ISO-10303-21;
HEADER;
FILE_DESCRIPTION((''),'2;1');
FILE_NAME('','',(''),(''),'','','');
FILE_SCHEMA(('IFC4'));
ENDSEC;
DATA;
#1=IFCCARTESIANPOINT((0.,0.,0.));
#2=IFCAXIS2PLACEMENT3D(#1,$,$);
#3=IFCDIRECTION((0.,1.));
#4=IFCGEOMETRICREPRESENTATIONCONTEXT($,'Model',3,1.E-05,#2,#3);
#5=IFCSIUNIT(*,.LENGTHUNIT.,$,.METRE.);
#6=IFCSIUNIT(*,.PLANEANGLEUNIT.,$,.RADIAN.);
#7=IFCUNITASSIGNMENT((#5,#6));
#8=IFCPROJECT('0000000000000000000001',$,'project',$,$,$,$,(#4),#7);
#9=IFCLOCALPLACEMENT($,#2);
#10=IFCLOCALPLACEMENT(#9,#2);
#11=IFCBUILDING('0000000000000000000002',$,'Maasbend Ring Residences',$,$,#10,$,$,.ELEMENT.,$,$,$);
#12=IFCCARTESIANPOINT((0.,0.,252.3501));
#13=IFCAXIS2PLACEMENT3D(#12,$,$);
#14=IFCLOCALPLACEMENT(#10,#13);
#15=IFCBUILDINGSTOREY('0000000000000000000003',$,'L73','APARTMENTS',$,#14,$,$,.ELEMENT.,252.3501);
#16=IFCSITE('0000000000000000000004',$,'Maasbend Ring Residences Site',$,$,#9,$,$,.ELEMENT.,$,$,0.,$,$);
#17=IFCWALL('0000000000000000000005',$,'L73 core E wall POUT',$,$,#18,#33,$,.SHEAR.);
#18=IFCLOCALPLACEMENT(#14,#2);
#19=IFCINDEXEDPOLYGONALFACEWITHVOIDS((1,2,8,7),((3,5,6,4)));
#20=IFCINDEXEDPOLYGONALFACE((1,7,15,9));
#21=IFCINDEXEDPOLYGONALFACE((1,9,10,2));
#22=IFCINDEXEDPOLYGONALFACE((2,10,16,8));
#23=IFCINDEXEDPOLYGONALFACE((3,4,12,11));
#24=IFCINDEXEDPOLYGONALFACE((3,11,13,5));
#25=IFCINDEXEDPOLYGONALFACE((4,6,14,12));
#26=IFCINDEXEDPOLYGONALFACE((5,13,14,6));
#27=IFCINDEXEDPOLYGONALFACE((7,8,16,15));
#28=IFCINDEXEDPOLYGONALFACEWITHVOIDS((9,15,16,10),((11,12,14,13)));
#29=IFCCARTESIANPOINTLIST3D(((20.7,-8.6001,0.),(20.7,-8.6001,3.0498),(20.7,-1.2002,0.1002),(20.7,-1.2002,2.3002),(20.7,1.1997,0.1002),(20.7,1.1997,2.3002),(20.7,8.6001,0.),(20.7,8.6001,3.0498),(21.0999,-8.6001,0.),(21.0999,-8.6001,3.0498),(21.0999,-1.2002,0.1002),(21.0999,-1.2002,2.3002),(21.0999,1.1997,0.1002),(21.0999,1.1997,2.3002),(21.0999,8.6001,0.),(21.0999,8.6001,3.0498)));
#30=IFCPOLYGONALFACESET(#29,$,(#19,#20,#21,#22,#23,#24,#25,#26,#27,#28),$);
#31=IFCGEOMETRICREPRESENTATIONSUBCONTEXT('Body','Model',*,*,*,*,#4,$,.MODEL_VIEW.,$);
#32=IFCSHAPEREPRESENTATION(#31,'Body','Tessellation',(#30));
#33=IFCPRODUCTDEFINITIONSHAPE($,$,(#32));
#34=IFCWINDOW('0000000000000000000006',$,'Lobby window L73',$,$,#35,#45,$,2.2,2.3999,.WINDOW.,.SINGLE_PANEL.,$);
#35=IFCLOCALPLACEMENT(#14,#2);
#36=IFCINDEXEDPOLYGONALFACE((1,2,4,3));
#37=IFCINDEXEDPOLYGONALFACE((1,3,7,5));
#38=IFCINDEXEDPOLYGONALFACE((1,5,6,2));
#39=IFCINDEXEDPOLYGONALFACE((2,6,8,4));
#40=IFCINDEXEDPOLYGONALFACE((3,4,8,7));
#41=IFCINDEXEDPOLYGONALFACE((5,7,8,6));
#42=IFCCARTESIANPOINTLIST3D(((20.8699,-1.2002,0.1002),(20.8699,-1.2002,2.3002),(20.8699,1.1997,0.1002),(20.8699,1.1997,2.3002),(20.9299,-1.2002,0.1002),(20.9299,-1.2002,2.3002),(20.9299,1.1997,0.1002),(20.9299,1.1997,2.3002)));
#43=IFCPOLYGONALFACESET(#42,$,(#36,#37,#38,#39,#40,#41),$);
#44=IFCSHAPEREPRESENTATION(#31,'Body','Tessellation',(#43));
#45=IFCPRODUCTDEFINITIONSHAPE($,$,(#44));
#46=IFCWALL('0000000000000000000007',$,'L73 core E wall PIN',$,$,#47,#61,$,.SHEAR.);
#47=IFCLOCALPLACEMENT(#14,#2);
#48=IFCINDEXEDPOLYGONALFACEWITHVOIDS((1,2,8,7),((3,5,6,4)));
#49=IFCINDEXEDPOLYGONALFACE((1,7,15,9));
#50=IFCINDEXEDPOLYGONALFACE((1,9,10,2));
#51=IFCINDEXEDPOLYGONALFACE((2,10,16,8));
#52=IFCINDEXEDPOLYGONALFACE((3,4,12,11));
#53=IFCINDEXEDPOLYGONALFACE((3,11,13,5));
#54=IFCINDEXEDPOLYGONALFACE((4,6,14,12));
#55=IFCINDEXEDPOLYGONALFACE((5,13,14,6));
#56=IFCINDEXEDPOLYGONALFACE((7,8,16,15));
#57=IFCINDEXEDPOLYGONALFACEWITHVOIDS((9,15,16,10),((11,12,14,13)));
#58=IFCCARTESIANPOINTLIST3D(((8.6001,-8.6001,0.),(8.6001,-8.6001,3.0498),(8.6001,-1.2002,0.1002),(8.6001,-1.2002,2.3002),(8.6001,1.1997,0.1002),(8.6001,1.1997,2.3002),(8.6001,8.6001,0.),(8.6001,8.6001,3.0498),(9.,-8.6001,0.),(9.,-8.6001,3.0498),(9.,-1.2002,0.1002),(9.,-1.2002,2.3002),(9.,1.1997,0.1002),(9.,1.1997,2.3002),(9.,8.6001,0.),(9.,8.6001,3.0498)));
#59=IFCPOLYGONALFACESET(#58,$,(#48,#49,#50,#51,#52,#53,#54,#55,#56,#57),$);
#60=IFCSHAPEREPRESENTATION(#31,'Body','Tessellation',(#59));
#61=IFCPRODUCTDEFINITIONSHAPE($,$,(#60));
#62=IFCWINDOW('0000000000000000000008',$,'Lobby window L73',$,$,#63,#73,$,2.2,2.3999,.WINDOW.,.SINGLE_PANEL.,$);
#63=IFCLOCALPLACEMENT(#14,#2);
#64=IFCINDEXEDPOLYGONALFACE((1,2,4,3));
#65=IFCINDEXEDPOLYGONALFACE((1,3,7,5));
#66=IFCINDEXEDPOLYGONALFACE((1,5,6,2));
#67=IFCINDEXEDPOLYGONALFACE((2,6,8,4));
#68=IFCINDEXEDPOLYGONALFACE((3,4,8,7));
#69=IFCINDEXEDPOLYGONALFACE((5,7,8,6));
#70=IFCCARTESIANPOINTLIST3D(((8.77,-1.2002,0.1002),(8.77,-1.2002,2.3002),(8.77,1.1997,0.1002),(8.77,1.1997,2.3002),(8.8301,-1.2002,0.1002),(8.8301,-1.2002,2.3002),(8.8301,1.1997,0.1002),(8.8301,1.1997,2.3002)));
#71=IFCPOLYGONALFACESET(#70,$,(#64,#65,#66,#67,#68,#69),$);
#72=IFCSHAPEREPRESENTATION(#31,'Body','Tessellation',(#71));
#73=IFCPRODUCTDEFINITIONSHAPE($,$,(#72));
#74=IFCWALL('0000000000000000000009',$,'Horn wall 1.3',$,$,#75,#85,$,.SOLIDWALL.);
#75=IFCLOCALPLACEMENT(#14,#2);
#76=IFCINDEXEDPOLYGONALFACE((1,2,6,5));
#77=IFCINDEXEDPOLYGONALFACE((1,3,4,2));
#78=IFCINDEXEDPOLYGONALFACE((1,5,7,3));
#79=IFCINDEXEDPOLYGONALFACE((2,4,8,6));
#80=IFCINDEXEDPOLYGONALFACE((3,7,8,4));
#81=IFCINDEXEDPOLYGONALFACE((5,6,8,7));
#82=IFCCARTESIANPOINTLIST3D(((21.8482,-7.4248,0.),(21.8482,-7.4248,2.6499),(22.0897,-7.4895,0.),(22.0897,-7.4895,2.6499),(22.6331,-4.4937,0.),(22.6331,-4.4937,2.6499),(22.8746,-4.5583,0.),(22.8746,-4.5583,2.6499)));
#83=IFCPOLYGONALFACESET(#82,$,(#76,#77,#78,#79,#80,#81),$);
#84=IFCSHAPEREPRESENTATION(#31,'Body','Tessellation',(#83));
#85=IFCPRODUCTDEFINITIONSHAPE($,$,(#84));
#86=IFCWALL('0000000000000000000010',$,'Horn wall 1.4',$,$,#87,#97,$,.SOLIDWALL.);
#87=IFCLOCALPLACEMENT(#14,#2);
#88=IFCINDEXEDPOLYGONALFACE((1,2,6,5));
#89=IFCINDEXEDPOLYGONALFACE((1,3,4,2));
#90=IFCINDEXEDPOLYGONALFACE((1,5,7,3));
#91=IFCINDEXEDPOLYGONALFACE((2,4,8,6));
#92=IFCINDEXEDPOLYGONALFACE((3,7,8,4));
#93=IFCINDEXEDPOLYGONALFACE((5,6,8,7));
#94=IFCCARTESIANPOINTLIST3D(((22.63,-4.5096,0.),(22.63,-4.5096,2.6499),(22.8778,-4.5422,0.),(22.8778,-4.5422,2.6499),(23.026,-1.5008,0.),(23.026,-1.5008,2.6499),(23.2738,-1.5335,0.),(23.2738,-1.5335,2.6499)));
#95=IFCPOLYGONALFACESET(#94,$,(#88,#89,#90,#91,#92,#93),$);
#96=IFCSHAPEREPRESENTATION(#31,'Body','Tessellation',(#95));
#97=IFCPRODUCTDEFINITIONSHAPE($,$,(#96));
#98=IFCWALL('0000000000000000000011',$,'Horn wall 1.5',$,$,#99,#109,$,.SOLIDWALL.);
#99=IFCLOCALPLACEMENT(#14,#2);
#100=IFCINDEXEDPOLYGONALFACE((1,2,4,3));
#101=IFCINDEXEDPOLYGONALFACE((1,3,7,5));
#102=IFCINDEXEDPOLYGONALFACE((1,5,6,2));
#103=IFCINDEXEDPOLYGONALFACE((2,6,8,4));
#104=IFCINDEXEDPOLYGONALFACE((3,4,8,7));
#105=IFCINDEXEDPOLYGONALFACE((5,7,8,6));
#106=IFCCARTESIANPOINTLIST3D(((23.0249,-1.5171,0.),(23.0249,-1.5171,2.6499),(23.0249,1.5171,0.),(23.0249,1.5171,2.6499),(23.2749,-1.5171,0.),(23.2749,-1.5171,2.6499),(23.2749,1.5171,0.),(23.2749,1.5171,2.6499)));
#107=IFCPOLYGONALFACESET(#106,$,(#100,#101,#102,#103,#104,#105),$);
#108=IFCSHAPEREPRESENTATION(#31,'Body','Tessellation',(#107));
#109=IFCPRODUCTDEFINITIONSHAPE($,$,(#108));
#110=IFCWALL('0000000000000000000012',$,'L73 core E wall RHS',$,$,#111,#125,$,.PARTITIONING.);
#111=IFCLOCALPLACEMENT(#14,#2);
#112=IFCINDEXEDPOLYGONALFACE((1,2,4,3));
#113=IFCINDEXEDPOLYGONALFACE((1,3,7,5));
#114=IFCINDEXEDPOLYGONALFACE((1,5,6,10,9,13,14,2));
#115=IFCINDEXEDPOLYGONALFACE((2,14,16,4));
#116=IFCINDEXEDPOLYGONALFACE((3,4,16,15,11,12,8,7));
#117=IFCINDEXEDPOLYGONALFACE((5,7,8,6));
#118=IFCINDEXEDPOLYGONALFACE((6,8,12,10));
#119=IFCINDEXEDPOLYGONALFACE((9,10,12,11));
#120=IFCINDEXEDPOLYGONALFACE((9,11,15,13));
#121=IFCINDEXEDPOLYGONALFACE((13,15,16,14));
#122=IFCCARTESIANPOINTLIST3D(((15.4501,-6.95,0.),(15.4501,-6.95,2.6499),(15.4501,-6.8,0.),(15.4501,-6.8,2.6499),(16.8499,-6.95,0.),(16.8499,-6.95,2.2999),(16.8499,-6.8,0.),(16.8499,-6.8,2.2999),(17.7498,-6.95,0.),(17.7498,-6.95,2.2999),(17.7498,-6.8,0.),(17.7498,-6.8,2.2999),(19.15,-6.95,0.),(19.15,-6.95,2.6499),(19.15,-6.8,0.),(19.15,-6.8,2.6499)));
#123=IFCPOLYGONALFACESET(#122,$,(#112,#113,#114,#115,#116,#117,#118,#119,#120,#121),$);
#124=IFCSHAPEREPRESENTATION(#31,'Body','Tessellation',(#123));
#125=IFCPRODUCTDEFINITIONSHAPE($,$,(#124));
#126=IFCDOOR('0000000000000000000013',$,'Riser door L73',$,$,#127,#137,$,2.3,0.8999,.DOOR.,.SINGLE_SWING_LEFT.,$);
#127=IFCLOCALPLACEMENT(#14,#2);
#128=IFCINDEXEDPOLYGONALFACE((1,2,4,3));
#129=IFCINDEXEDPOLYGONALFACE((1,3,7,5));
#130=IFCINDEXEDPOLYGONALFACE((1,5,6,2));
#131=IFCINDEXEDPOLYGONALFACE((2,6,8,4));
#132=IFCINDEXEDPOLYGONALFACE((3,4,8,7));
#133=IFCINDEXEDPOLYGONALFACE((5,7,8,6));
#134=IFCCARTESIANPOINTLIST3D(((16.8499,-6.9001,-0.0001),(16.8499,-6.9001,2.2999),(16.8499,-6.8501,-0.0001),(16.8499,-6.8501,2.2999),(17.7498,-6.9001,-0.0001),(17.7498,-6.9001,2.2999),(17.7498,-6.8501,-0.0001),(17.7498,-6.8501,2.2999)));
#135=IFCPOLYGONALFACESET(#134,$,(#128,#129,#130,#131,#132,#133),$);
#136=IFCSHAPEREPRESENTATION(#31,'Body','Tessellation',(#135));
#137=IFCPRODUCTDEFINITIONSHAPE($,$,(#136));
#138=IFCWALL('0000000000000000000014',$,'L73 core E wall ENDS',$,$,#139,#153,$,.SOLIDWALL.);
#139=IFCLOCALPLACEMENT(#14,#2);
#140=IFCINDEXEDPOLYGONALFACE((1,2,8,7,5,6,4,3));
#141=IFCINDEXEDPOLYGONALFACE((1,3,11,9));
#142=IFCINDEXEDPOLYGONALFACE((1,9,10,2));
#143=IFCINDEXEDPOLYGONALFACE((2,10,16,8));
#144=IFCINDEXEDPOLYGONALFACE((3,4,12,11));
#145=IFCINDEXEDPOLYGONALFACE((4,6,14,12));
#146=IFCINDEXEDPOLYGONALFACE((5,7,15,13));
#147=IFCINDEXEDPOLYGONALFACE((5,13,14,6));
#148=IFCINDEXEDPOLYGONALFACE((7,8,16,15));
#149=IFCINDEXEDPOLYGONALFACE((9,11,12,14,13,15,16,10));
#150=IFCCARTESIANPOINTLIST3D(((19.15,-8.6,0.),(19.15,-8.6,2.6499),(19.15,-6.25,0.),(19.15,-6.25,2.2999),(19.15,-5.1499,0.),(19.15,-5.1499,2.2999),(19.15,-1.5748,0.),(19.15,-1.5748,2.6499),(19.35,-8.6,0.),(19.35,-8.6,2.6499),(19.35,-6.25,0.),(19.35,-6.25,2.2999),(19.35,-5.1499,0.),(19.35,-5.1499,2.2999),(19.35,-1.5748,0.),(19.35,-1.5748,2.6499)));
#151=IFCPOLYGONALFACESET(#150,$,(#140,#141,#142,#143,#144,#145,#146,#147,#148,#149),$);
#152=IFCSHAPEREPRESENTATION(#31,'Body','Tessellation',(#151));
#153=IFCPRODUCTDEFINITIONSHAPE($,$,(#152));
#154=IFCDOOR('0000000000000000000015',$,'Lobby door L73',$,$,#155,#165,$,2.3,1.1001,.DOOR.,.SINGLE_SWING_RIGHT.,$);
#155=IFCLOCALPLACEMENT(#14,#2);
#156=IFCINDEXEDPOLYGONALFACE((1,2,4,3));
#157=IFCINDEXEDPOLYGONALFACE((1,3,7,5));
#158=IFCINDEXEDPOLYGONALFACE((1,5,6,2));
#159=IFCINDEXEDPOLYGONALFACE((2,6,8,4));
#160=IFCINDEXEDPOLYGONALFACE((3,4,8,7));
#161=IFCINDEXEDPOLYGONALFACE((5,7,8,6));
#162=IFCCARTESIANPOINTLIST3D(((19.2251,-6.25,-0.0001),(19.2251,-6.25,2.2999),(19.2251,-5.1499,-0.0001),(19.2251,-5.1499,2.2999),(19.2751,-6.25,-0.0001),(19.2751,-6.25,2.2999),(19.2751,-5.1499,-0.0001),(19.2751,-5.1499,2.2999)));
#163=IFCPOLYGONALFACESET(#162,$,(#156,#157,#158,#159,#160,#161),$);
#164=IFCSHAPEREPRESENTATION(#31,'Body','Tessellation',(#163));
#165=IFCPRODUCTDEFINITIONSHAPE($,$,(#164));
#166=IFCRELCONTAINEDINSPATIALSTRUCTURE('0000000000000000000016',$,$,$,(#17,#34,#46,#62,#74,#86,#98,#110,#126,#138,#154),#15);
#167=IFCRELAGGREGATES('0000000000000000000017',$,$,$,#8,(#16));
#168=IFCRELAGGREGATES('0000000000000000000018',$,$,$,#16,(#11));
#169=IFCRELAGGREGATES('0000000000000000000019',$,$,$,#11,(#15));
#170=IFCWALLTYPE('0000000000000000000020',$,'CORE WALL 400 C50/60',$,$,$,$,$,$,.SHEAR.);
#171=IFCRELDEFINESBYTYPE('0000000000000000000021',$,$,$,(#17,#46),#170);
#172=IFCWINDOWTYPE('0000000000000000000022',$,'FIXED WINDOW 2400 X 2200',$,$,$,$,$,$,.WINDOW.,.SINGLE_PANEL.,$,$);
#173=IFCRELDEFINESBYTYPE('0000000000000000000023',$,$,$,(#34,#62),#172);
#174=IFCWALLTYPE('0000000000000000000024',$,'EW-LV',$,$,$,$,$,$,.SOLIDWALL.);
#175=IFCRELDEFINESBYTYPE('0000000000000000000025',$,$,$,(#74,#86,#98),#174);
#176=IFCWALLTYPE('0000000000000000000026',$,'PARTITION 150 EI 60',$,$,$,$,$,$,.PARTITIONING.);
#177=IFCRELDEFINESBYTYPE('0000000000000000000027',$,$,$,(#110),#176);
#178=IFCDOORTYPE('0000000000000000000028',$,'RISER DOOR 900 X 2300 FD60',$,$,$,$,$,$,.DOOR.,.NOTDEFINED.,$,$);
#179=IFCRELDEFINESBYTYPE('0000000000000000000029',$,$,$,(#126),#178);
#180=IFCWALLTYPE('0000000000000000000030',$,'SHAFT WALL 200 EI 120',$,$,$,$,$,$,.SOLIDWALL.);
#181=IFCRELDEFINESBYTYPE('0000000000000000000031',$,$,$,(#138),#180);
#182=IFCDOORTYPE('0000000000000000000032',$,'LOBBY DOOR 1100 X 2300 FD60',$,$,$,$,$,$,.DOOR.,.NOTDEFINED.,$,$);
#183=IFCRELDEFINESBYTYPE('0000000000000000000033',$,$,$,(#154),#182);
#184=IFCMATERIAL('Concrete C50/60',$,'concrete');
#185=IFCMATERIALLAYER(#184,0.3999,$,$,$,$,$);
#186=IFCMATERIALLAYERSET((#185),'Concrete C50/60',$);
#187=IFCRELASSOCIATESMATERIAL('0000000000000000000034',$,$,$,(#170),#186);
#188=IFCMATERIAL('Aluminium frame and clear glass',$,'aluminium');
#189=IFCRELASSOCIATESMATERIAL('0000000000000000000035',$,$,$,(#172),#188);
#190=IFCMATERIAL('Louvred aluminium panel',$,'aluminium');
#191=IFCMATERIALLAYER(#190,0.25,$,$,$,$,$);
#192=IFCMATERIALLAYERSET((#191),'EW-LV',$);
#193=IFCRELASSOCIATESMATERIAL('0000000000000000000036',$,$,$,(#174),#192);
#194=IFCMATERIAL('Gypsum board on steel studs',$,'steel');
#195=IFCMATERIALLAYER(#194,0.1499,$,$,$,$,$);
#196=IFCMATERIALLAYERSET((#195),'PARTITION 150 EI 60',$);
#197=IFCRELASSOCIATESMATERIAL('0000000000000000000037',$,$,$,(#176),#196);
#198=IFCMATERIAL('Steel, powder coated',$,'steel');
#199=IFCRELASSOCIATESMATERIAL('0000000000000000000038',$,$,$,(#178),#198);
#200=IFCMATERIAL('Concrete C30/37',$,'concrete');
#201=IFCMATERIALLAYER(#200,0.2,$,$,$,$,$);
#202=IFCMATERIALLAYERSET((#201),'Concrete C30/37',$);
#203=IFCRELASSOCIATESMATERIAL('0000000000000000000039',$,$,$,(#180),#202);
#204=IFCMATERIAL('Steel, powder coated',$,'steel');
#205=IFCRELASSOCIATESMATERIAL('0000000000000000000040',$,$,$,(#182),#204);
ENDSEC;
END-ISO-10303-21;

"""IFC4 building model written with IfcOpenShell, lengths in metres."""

from ifc_helpers import new_model, si_unit, direction, frame, frame_2d, origin, place, context, subcontext, project, spatial, rectangle, extrude, material, layer, layer_set, type_object, element, fill, save


model = new_model("IFC4")

# Units and contexts
model_context = context("Model", 3, precision=1e-05, world=origin(), true_north=direction((0.0, 1.0)))
body_context = subcontext(model_context, "Body", "Model", "MODEL_VIEW")
ifc_project = project(units=[si_unit("LENGTHUNIT", "METRE"), si_unit("PLANEANGLEUNIT", "RADIAN")], contexts=[model_context])

# Site, building, storey
site_placement = place(None, origin())
site = spatial("IfcSite", under=ifc_project, at=site_placement, Name="Maasbend Ring Residences Site", CompositionType="ELEMENT", RefElevation=0.0)
building_placement = place(site_placement, origin())
building = spatial("IfcBuilding", under=site, at=building_placement, Name="Maasbend Ring Residences", CompositionType="ELEMENT")
storey_placement = place(building_placement, frame((0.0, 0.0, 252.3501)))
storey = spatial("IfcBuildingStorey", under=building, at=storey_placement, Name="L73", Description="APARTMENTS", CompositionType="ELEMENT", Elevation=252.3501)

# Walls, openings, windows
ifc_material_1 = material(Name="Concrete C50/60", Category="concrete")
ifc_layer_1 = layer(ifc_material_1, 0.3999)
ifc_layer_set_1 = layer_set([ifc_layer_1], Name="Concrete C50/60")
wall_type_1 = type_object("IfcWallType", Name="CORE WALL 400 C50/60", PredefinedType="SHEAR", material=ifc_layer_set_1)
wall_1_placement = place(storey_placement, frame((20.8999, -8.6001, 0.0), z_axis=(0.0, 0.0, 1.0), x_axis=(0.0, 1.0, 0.0)))
wall_1 = element("IfcWall", 1, at=wall_1_placement, inside=storey, type_object=wall_type_1, Name="L73 core E wall POUT", PredefinedType="SHEAR", context=body_context, shape_type="SweptSolid", body=[
    extrude(rectangle(XDim=17.2002, YDim=0.3999, at=frame_2d((8.6001, 0.0))), origin(), (0.0, 0.0, 1.0), 3.0498),
])
opening_1_placement = place(wall_1_placement, frame((7.3999, 0.0, 0.1001)))
opening_1 = element("IfcOpeningElement", 2, at=opening_1_placement, cuts=wall_1, PredefinedType="OPENING", context=body_context, shape_type="SweptSolid", body=[
    extrude(rectangle(XDim=2.3999, YDim=2.2, at=frame_2d((1.2, 1.1001))), frame((0.0, 0.21, 0.0), z_axis=(0.0, -1.0, 0.0), x_axis=(1.0, 0.0, 0.0)), (0.0, 0.0, 1.0), 0.4199),
])
ifc_material_2 = material(Name="Aluminium frame and clear glass", Category="aluminium")
window_type = type_object("IfcWindowType", Name="FIXED WINDOW 2400 X 2200", PartitioningType="SINGLE_PANEL", PredefinedType="WINDOW", material=ifc_material_2)
window_1_placement = place(opening_1_placement, origin())
window_1 = element("IfcWindow", 3, at=window_1_placement, inside=storey, type_object=window_type, Name="Lobby window L73", OverallHeight=2.2, OverallWidth=2.3999, PartitioningType="SINGLE_PANEL", PredefinedType="WINDOW", context=body_context, shape_type="SweptSolid", body=[
    extrude(rectangle(XDim=2.3999, YDim=2.2, at=frame_2d((1.2, 1.1001))), frame((0.0, 0.03, 0.0), z_axis=(0.0, -1.0, 0.0), x_axis=(1.0, 0.0, 0.0)), (0.0, 0.0, 1.0), 0.0601),
])
fill(opening_1, window_1)
wall_2_placement = place(storey_placement, frame((8.8, -8.6001, 0.0), z_axis=(0.0, 0.0, 1.0), x_axis=(0.0, 1.0, 0.0)))
wall_2 = element("IfcWall", 4, at=wall_2_placement, inside=storey, type_object=wall_type_1, Name="L73 core E wall PIN", PredefinedType="SHEAR", context=body_context, shape_type="SweptSolid", body=[
    extrude(rectangle(XDim=17.2002, YDim=0.3999, at=frame_2d((8.6001, 0.0))), origin(), (0.0, 0.0, 1.0), 3.0498),
])
opening_2_placement = place(wall_2_placement, frame((7.3999, 0.0, 0.1001)))
opening_2 = element("IfcOpeningElement", 5, at=opening_2_placement, cuts=wall_2, PredefinedType="OPENING", context=body_context, shape_type="SweptSolid", body=[
    extrude(rectangle(XDim=2.3999, YDim=2.2, at=frame_2d((1.2, 1.1001))), frame((0.0, 0.21, 0.0), z_axis=(0.0, -1.0, 0.0), x_axis=(1.0, 0.0, 0.0)), (0.0, 0.0, 1.0), 0.4199),
])
window_2_placement = place(opening_2_placement, origin())
window_2 = element("IfcWindow", 6, at=window_2_placement, inside=storey, type_object=window_type, Name="Lobby window L73", OverallHeight=2.2, OverallWidth=2.3999, PartitioningType="SINGLE_PANEL", PredefinedType="WINDOW", context=body_context, shape_type="SweptSolid", body=[
    extrude(rectangle(XDim=2.3999, YDim=2.2, at=frame_2d((1.2, 1.1001))), frame((0.0, 0.03, 0.0), z_axis=(0.0, -1.0, 0.0), x_axis=(1.0, 0.0, 0.0)), (0.0, 0.0, 1.0), 0.0601),
])
fill(opening_2, window_2)

# Walls
ifc_material_3 = material(Name="Louvred aluminium panel", Category="aluminium")
ifc_layer_2 = layer(ifc_material_3, 0.25)
ifc_layer_set_2 = layer_set([ifc_layer_2], Name="EW-LV")
wall_type_2 = type_object("IfcWallType", Name="EW-LV", PredefinedType="SOLIDWALL", material=ifc_layer_set_2)
wall_3_placement = place(storey_placement, frame((21.969, -7.457, 0.0), z_axis=(0.0, 0.0, 1.0), x_axis=(0.258669, 0.965966, 0.0)))
element("IfcWall", 7, at=wall_3_placement, inside=storey, type_object=wall_type_2, Name="Horn wall 1.3", PredefinedType="SOLIDWALL", context=body_context, shape_type="SweptSolid", body=[
    extrude(rectangle(XDim=3.0344, YDim=0.25, at=frame_2d((1.5171, 0.0))), origin(), (0.0, 0.0, 1.0), 2.6499),
])
wall_4_placement = place(storey_placement, frame((22.7539, -4.5259, 0.0), z_axis=(0.0, 0.0, 1.0), x_axis=(0.130488, 0.99145, 0.0)))
element("IfcWall", 8, at=wall_4_placement, inside=storey, type_object=wall_type_2, Name="Horn wall 1.4", PredefinedType="SOLIDWALL", context=body_context, shape_type="SweptSolid", body=[
    extrude(rectangle(XDim=3.0347, YDim=0.25, at=frame_2d((1.5173, 0.0))), origin(), (0.0, 0.0, 1.0), 2.6499),
])
wall_5_placement = place(storey_placement, frame((23.1499, -1.5171, 0.0), z_axis=(0.0, 0.0, 1.0), x_axis=(0.0, 1.0, 0.0)))
element("IfcWall", 9, at=wall_5_placement, inside=storey, type_object=wall_type_2, Name="Horn wall 1.5", PredefinedType="SOLIDWALL", context=body_context, shape_type="SweptSolid", body=[
    extrude(rectangle(XDim=3.0342, YDim=0.25, at=frame_2d((1.5171, 0.0))), origin(), (0.0, 0.0, 1.0), 2.6499),
])

# Walls, openings, doors
ifc_material_4 = material(Name="Gypsum board on steel studs", Category="steel")
ifc_layer_3 = layer(ifc_material_4, 0.1499)
ifc_layer_set_3 = layer_set([ifc_layer_3], Name="PARTITION 150 EI 60")
wall_type_3 = type_object("IfcWallType", Name="PARTITION 150 EI 60", PredefinedType="PARTITIONING", material=ifc_layer_set_3)
wall_6_placement = place(storey_placement, frame((15.45, -6.875, 0.0), z_axis=(0.0, 0.0, 1.0), x_axis=(1.0, 0.0, 0.0)))
wall_6 = element("IfcWall", 10, at=wall_6_placement, inside=storey, type_object=wall_type_3, Name="L73 core E wall RHS", PredefinedType="PARTITIONING", context=body_context, shape_type="SweptSolid", body=[
    extrude(rectangle(XDim=3.7, YDim=0.1499, at=frame_2d((1.8501, 0.0))), origin(), (0.0, 0.0, 1.0), 2.6499),
])
opening_3_placement = place(wall_6_placement, frame((1.3999, 0.0, 0.0)))
opening_3 = element("IfcOpeningElement", 11, at=opening_3_placement, cuts=wall_6, PredefinedType="OPENING", context=body_context, shape_type="SweptSolid", body=[
    extrude(rectangle(XDim=0.8999, YDim=2.3, at=frame_2d((0.45, 1.1499))), frame((0.0, 0.085, 0.0), z_axis=(0.0, -1.0, 0.0), x_axis=(1.0, 0.0, 0.0)), (0.0, 0.0, 1.0), 0.1699),
])
ifc_material_5 = material(Name="Steel, powder coated", Category="steel")
door_type_1 = type_object("IfcDoorType", Name="RISER DOOR 900 X 2300 FD60", OperationType="NOTDEFINED", PredefinedType="DOOR", material=ifc_material_5)
door_1_placement = place(opening_3_placement, origin())
door_1 = element("IfcDoor", 12, at=door_1_placement, inside=storey, type_object=door_type_1, Name="Riser door L73", OperationType="SINGLE_SWING_LEFT", OverallHeight=2.3, OverallWidth=0.8999, PredefinedType="DOOR", context=body_context, shape_type="SweptSolid", body=[
    extrude(rectangle(XDim=0.8999, YDim=2.3, at=frame_2d((0.45, 1.1499))), frame((0.0, 0.0249, 0.0), z_axis=(0.0, -1.0, 0.0), x_axis=(1.0, 0.0, 0.0)), (0.0, 0.0, 1.0), 0.05),
])
fill(opening_3, door_1)
ifc_material_6 = material(Name="Concrete C30/37", Category="concrete")
ifc_layer_4 = layer(ifc_material_6, 0.2)
ifc_layer_set_4 = layer_set([ifc_layer_4], Name="Concrete C30/37")
wall_type_4 = type_object("IfcWallType", Name="SHAFT WALL 200 EI 120", PredefinedType="SOLIDWALL", material=ifc_layer_set_4)
wall_7_placement = place(storey_placement, frame((19.25, -8.6001, 0.0), z_axis=(0.0, 0.0, 1.0), x_axis=(0.0, 1.0, 0.0)))
wall_7 = element("IfcWall", 13, at=wall_7_placement, inside=storey, type_object=wall_type_4, Name="L73 core E wall ENDS", PredefinedType="SOLIDWALL", context=body_context, shape_type="SweptSolid", body=[
    extrude(rectangle(XDim=7.0251, YDim=0.2, at=frame_2d((3.5127, 0.0))), origin(), (0.0, 0.0, 1.0), 2.6499),
])
opening_4_placement = place(wall_7_placement, frame((2.3501, 0.0, 0.0)))
opening_4 = element("IfcOpeningElement", 14, at=opening_4_placement, cuts=wall_7, PredefinedType="OPENING", context=body_context, shape_type="SweptSolid", body=[
    extrude(rectangle(XDim=1.1001, YDim=2.3, at=frame_2d((0.55, 1.1499))), frame((0.0, 0.1099, 0.0), z_axis=(0.0, -1.0, 0.0), x_axis=(1.0, 0.0, 0.0)), (0.0, 0.0, 1.0), 0.22),
])
ifc_material_7 = material(Name="Steel, powder coated", Category="steel")
door_type_2 = type_object("IfcDoorType", Name="LOBBY DOOR 1100 X 2300 FD60", OperationType="NOTDEFINED", PredefinedType="DOOR", material=ifc_material_7)
door_2_placement = place(opening_4_placement, origin())
door_2 = element("IfcDoor", 15, at=door_2_placement, inside=storey, type_object=door_type_2, Name="Lobby door L73", OperationType="SINGLE_SWING_RIGHT", OverallHeight=2.3, OverallWidth=1.1001, PredefinedType="DOOR", context=body_context, shape_type="SweptSolid", body=[
    extrude(rectangle(XDim=1.1001, YDim=2.3, at=frame_2d((0.55, 1.1499))), frame((0.0, 0.0249, 0.0), z_axis=(0.0, -1.0, 0.0), x_axis=(1.0, 0.0, 0.0)), (0.0, 0.0, 1.0), 0.05),
])
fill(opening_4, door_2)

save(model, "model.ifc")
